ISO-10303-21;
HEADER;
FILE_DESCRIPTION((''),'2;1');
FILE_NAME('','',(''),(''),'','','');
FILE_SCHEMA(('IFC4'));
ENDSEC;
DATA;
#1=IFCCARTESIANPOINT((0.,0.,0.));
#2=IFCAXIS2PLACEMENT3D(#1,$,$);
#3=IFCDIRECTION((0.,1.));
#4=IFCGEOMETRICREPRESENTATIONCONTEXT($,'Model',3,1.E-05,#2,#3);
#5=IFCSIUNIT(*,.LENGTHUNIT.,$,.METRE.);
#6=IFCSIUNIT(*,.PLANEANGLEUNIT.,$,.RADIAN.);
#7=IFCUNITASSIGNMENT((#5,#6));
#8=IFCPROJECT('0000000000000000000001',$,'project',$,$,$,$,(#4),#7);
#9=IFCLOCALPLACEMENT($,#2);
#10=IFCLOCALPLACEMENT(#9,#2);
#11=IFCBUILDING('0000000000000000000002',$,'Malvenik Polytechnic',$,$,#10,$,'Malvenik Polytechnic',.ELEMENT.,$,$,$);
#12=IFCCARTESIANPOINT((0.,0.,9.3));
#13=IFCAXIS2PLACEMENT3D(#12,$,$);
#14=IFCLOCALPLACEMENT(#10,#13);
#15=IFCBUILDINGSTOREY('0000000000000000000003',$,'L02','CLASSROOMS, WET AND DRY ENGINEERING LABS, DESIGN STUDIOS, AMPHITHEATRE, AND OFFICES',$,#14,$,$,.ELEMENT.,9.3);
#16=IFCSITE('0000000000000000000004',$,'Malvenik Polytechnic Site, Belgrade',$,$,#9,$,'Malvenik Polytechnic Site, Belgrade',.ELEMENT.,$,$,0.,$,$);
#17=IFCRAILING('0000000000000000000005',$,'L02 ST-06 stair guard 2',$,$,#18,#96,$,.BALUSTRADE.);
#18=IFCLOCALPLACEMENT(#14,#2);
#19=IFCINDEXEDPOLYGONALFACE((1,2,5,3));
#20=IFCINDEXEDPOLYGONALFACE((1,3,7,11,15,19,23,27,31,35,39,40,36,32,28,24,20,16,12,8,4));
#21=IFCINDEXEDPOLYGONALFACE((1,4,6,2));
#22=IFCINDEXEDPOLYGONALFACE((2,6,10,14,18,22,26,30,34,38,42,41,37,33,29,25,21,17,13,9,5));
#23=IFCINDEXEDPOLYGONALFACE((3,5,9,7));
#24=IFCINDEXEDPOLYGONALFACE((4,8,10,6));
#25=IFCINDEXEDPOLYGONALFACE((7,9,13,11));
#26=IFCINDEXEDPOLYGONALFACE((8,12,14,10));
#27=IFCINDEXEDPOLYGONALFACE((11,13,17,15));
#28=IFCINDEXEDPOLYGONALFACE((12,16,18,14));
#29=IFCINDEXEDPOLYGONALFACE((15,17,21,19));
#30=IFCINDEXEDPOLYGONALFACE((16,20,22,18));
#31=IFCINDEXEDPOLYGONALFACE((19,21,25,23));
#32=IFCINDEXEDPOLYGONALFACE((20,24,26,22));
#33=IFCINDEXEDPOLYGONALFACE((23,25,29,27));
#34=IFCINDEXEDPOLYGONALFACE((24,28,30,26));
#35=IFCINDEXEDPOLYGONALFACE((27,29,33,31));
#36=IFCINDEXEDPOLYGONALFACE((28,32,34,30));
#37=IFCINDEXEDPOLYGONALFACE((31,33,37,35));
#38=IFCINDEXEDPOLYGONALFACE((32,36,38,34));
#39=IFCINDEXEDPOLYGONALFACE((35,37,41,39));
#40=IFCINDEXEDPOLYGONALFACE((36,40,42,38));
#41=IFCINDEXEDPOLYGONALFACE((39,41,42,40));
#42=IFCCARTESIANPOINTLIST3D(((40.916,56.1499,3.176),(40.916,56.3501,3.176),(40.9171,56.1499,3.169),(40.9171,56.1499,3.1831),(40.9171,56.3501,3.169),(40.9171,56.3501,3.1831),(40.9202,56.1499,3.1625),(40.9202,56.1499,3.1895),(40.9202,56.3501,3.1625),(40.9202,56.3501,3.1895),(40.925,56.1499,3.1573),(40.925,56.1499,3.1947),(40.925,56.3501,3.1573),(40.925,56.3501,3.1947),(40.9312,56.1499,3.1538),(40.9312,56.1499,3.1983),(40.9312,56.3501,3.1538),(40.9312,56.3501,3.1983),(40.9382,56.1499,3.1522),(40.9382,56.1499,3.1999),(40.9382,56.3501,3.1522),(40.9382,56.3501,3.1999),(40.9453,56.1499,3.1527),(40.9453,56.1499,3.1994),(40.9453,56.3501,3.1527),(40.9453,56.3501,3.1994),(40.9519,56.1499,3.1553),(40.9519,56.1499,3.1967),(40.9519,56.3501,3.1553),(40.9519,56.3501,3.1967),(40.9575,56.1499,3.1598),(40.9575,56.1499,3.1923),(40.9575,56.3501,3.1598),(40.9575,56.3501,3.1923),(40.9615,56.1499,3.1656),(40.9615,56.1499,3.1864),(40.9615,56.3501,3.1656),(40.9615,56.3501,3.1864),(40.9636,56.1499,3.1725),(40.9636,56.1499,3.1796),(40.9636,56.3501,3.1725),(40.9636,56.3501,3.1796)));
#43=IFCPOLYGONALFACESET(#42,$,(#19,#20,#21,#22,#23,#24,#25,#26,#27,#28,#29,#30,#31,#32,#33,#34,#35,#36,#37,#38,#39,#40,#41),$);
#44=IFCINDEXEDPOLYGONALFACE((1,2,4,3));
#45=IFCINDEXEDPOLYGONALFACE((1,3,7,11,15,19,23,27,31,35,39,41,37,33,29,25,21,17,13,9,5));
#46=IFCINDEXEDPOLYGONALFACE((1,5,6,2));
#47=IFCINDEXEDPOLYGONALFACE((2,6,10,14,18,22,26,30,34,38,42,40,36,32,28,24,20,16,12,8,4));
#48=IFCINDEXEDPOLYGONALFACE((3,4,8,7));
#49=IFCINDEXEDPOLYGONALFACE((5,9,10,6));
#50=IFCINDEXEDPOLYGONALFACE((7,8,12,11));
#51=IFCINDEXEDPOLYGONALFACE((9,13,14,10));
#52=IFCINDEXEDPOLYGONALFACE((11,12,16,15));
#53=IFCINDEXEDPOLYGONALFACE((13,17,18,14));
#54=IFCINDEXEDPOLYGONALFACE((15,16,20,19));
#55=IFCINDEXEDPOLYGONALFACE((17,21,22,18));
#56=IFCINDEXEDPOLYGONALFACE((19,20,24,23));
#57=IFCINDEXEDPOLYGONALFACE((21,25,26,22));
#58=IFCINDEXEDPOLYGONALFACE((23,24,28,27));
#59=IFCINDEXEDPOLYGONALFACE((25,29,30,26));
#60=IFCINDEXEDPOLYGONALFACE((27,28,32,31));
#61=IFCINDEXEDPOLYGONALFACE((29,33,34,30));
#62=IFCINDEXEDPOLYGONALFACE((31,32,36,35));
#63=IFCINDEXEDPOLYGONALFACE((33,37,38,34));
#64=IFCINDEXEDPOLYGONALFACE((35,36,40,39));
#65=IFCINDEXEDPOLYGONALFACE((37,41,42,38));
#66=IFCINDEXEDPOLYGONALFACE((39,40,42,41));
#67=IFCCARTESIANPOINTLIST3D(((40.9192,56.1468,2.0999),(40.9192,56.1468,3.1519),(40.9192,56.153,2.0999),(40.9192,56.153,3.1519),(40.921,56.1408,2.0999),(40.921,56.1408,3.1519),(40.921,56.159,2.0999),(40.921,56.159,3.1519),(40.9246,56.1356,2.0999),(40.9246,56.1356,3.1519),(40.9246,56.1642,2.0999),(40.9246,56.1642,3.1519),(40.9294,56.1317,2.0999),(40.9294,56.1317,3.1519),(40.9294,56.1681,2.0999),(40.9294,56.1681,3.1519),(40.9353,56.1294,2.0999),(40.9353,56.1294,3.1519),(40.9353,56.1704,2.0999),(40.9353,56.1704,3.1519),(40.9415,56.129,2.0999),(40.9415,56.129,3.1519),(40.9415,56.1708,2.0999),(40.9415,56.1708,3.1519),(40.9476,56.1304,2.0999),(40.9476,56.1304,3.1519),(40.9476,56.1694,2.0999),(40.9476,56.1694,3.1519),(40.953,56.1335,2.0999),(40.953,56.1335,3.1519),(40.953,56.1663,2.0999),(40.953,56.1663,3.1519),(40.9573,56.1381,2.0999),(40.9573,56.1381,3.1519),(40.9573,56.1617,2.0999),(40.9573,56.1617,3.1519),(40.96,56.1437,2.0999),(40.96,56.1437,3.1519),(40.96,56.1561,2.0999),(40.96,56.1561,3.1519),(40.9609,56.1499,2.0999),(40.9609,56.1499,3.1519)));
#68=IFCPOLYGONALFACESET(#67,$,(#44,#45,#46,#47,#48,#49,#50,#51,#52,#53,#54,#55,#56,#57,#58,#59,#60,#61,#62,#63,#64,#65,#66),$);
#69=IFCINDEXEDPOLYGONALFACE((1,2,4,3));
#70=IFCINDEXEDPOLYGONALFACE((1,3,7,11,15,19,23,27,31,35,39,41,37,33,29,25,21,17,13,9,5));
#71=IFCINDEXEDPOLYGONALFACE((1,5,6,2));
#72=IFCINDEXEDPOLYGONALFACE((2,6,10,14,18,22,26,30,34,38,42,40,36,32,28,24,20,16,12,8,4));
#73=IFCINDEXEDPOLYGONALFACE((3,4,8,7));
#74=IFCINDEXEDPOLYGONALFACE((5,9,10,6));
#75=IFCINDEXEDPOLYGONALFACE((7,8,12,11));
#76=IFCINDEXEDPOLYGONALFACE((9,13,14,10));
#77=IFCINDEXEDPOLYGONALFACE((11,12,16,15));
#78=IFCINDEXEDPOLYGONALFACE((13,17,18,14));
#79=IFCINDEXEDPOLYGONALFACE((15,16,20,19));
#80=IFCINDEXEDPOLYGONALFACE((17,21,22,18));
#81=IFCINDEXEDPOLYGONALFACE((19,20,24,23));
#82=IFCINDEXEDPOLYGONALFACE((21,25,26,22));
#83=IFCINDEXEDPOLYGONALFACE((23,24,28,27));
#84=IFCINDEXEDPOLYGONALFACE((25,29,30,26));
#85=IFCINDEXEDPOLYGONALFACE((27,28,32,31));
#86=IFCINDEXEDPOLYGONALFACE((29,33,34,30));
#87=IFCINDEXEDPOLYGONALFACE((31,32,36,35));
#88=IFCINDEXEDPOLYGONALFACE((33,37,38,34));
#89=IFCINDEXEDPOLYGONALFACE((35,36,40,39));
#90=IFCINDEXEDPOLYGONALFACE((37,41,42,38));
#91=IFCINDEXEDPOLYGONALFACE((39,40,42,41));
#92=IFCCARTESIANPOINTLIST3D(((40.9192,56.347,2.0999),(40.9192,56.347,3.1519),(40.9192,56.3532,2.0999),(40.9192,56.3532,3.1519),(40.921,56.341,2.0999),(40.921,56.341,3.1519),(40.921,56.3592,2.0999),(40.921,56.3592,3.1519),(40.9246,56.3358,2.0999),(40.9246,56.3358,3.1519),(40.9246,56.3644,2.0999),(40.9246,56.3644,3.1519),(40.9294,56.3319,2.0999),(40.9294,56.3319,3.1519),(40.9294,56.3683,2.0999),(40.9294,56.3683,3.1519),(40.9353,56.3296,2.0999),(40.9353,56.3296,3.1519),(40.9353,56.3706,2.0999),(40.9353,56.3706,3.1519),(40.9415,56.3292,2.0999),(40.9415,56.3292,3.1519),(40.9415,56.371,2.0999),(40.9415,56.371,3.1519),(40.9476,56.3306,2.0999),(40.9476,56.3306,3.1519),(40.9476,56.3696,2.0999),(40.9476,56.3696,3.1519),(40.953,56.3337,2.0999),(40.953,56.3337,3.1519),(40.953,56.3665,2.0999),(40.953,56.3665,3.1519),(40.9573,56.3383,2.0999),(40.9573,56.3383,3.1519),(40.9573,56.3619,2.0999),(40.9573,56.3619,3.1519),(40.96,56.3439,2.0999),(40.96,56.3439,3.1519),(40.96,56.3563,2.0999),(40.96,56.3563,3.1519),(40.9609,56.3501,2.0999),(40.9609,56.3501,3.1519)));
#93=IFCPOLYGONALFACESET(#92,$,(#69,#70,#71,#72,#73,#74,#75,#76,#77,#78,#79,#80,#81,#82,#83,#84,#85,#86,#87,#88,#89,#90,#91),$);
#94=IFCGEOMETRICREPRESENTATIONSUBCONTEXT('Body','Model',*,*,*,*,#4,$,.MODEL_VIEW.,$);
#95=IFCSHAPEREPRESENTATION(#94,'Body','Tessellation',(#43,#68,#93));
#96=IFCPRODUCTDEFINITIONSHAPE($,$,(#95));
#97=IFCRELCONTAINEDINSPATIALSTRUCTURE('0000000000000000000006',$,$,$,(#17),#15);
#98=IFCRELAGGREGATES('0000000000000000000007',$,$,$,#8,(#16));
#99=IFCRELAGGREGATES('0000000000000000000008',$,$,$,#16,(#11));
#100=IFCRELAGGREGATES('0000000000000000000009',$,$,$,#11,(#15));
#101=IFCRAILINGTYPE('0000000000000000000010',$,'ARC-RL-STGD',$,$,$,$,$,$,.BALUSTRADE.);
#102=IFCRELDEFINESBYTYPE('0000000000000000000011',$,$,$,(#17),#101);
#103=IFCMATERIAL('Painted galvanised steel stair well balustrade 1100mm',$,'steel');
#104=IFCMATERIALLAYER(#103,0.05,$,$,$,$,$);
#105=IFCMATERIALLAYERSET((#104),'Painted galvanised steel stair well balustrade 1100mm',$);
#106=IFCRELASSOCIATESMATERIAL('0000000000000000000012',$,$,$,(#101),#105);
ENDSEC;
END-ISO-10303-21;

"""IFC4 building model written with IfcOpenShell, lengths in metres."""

from ifc_helpers import new_model, si_unit, direction, frame, origin, origin_2d, place, context, subcontext, project, spatial, circle, extrude, material, layer, layer_set, type_object, element, save


model = new_model("IFC4")

# Units and contexts
model_context = context("Model", 3, precision=1e-05, world=origin(), true_north=direction((0.0, 1.0)))
body_context = subcontext(model_context, "Body", "Model", "MODEL_VIEW")
ifc_project = project(units=[si_unit("LENGTHUNIT", "METRE"), si_unit("PLANEANGLEUNIT", "RADIAN")], contexts=[model_context])

# Site, building, storey
site_placement = place(None, origin())
site = spatial("IfcSite", under=ifc_project, at=site_placement, Name="Malvenik Polytechnic Site, Belgrade", LongName="Malvenik Polytechnic Site, Belgrade", CompositionType="ELEMENT", RefElevation=0.0)
building_placement = place(site_placement, origin())
building = spatial("IfcBuilding", under=site, at=building_placement, Name="Malvenik Polytechnic", LongName="Malvenik Polytechnic", CompositionType="ELEMENT")
storey_placement = place(building_placement, frame((0.0, 0.0, 9.3)))
storey = spatial("IfcBuildingStorey", under=building, at=storey_placement, Name="L02", Description="CLASSROOMS, WET AND DRY ENGINEERING LABS, DESIGN STUDIOS, AMPHITHEATRE, AND OFFICES", CompositionType="ELEMENT", Elevation=9.3)

# Railing
ifc_material_1 = material(Name="Painted galvanised steel stair well balustrade 1100mm", Category="steel")
ifc_layer_1 = layer(ifc_material_1, 0.05)
ifc_layer_set_1 = layer_set([ifc_layer_1], Name="Painted galvanised steel stair well balustrade 1100mm")
railing_type_1 = type_object("IfcRailingType", Name="ARC-RL-STGD", PredefinedType="BALUSTRADE", material=ifc_layer_set_1)
railing_1_placement = place(storey_placement, frame((40.9399, 56.1499, 2.0999)))
element("IfcRailing", 1, at=railing_1_placement, inside=storey, type_object=railing_type_1, Name="L02 ST-06 stair guard 2", PredefinedType="BALUSTRADE", context=body_context, shape_type="SweptSolid", body=[
    extrude(circle(Radius=0.0239, at=origin_2d()), frame((0.0, 0.0, 1.0762), z_axis=(0.0, 1.0, 0.0), x_axis=(-1.0, 0.0, 0.0)), (0.0, 0.0, 1.0), 0.2002),
    extrude(circle(Radius=0.021, at=origin_2d()), origin(), (0.0, 0.0, 1.0), 1.052),
    extrude(circle(Radius=0.021, at=origin_2d()), frame((0.0, 0.2002, 0.0)), (0.0, 0.0, 1.0), 1.052),
])

save(model, "model.ifc")
